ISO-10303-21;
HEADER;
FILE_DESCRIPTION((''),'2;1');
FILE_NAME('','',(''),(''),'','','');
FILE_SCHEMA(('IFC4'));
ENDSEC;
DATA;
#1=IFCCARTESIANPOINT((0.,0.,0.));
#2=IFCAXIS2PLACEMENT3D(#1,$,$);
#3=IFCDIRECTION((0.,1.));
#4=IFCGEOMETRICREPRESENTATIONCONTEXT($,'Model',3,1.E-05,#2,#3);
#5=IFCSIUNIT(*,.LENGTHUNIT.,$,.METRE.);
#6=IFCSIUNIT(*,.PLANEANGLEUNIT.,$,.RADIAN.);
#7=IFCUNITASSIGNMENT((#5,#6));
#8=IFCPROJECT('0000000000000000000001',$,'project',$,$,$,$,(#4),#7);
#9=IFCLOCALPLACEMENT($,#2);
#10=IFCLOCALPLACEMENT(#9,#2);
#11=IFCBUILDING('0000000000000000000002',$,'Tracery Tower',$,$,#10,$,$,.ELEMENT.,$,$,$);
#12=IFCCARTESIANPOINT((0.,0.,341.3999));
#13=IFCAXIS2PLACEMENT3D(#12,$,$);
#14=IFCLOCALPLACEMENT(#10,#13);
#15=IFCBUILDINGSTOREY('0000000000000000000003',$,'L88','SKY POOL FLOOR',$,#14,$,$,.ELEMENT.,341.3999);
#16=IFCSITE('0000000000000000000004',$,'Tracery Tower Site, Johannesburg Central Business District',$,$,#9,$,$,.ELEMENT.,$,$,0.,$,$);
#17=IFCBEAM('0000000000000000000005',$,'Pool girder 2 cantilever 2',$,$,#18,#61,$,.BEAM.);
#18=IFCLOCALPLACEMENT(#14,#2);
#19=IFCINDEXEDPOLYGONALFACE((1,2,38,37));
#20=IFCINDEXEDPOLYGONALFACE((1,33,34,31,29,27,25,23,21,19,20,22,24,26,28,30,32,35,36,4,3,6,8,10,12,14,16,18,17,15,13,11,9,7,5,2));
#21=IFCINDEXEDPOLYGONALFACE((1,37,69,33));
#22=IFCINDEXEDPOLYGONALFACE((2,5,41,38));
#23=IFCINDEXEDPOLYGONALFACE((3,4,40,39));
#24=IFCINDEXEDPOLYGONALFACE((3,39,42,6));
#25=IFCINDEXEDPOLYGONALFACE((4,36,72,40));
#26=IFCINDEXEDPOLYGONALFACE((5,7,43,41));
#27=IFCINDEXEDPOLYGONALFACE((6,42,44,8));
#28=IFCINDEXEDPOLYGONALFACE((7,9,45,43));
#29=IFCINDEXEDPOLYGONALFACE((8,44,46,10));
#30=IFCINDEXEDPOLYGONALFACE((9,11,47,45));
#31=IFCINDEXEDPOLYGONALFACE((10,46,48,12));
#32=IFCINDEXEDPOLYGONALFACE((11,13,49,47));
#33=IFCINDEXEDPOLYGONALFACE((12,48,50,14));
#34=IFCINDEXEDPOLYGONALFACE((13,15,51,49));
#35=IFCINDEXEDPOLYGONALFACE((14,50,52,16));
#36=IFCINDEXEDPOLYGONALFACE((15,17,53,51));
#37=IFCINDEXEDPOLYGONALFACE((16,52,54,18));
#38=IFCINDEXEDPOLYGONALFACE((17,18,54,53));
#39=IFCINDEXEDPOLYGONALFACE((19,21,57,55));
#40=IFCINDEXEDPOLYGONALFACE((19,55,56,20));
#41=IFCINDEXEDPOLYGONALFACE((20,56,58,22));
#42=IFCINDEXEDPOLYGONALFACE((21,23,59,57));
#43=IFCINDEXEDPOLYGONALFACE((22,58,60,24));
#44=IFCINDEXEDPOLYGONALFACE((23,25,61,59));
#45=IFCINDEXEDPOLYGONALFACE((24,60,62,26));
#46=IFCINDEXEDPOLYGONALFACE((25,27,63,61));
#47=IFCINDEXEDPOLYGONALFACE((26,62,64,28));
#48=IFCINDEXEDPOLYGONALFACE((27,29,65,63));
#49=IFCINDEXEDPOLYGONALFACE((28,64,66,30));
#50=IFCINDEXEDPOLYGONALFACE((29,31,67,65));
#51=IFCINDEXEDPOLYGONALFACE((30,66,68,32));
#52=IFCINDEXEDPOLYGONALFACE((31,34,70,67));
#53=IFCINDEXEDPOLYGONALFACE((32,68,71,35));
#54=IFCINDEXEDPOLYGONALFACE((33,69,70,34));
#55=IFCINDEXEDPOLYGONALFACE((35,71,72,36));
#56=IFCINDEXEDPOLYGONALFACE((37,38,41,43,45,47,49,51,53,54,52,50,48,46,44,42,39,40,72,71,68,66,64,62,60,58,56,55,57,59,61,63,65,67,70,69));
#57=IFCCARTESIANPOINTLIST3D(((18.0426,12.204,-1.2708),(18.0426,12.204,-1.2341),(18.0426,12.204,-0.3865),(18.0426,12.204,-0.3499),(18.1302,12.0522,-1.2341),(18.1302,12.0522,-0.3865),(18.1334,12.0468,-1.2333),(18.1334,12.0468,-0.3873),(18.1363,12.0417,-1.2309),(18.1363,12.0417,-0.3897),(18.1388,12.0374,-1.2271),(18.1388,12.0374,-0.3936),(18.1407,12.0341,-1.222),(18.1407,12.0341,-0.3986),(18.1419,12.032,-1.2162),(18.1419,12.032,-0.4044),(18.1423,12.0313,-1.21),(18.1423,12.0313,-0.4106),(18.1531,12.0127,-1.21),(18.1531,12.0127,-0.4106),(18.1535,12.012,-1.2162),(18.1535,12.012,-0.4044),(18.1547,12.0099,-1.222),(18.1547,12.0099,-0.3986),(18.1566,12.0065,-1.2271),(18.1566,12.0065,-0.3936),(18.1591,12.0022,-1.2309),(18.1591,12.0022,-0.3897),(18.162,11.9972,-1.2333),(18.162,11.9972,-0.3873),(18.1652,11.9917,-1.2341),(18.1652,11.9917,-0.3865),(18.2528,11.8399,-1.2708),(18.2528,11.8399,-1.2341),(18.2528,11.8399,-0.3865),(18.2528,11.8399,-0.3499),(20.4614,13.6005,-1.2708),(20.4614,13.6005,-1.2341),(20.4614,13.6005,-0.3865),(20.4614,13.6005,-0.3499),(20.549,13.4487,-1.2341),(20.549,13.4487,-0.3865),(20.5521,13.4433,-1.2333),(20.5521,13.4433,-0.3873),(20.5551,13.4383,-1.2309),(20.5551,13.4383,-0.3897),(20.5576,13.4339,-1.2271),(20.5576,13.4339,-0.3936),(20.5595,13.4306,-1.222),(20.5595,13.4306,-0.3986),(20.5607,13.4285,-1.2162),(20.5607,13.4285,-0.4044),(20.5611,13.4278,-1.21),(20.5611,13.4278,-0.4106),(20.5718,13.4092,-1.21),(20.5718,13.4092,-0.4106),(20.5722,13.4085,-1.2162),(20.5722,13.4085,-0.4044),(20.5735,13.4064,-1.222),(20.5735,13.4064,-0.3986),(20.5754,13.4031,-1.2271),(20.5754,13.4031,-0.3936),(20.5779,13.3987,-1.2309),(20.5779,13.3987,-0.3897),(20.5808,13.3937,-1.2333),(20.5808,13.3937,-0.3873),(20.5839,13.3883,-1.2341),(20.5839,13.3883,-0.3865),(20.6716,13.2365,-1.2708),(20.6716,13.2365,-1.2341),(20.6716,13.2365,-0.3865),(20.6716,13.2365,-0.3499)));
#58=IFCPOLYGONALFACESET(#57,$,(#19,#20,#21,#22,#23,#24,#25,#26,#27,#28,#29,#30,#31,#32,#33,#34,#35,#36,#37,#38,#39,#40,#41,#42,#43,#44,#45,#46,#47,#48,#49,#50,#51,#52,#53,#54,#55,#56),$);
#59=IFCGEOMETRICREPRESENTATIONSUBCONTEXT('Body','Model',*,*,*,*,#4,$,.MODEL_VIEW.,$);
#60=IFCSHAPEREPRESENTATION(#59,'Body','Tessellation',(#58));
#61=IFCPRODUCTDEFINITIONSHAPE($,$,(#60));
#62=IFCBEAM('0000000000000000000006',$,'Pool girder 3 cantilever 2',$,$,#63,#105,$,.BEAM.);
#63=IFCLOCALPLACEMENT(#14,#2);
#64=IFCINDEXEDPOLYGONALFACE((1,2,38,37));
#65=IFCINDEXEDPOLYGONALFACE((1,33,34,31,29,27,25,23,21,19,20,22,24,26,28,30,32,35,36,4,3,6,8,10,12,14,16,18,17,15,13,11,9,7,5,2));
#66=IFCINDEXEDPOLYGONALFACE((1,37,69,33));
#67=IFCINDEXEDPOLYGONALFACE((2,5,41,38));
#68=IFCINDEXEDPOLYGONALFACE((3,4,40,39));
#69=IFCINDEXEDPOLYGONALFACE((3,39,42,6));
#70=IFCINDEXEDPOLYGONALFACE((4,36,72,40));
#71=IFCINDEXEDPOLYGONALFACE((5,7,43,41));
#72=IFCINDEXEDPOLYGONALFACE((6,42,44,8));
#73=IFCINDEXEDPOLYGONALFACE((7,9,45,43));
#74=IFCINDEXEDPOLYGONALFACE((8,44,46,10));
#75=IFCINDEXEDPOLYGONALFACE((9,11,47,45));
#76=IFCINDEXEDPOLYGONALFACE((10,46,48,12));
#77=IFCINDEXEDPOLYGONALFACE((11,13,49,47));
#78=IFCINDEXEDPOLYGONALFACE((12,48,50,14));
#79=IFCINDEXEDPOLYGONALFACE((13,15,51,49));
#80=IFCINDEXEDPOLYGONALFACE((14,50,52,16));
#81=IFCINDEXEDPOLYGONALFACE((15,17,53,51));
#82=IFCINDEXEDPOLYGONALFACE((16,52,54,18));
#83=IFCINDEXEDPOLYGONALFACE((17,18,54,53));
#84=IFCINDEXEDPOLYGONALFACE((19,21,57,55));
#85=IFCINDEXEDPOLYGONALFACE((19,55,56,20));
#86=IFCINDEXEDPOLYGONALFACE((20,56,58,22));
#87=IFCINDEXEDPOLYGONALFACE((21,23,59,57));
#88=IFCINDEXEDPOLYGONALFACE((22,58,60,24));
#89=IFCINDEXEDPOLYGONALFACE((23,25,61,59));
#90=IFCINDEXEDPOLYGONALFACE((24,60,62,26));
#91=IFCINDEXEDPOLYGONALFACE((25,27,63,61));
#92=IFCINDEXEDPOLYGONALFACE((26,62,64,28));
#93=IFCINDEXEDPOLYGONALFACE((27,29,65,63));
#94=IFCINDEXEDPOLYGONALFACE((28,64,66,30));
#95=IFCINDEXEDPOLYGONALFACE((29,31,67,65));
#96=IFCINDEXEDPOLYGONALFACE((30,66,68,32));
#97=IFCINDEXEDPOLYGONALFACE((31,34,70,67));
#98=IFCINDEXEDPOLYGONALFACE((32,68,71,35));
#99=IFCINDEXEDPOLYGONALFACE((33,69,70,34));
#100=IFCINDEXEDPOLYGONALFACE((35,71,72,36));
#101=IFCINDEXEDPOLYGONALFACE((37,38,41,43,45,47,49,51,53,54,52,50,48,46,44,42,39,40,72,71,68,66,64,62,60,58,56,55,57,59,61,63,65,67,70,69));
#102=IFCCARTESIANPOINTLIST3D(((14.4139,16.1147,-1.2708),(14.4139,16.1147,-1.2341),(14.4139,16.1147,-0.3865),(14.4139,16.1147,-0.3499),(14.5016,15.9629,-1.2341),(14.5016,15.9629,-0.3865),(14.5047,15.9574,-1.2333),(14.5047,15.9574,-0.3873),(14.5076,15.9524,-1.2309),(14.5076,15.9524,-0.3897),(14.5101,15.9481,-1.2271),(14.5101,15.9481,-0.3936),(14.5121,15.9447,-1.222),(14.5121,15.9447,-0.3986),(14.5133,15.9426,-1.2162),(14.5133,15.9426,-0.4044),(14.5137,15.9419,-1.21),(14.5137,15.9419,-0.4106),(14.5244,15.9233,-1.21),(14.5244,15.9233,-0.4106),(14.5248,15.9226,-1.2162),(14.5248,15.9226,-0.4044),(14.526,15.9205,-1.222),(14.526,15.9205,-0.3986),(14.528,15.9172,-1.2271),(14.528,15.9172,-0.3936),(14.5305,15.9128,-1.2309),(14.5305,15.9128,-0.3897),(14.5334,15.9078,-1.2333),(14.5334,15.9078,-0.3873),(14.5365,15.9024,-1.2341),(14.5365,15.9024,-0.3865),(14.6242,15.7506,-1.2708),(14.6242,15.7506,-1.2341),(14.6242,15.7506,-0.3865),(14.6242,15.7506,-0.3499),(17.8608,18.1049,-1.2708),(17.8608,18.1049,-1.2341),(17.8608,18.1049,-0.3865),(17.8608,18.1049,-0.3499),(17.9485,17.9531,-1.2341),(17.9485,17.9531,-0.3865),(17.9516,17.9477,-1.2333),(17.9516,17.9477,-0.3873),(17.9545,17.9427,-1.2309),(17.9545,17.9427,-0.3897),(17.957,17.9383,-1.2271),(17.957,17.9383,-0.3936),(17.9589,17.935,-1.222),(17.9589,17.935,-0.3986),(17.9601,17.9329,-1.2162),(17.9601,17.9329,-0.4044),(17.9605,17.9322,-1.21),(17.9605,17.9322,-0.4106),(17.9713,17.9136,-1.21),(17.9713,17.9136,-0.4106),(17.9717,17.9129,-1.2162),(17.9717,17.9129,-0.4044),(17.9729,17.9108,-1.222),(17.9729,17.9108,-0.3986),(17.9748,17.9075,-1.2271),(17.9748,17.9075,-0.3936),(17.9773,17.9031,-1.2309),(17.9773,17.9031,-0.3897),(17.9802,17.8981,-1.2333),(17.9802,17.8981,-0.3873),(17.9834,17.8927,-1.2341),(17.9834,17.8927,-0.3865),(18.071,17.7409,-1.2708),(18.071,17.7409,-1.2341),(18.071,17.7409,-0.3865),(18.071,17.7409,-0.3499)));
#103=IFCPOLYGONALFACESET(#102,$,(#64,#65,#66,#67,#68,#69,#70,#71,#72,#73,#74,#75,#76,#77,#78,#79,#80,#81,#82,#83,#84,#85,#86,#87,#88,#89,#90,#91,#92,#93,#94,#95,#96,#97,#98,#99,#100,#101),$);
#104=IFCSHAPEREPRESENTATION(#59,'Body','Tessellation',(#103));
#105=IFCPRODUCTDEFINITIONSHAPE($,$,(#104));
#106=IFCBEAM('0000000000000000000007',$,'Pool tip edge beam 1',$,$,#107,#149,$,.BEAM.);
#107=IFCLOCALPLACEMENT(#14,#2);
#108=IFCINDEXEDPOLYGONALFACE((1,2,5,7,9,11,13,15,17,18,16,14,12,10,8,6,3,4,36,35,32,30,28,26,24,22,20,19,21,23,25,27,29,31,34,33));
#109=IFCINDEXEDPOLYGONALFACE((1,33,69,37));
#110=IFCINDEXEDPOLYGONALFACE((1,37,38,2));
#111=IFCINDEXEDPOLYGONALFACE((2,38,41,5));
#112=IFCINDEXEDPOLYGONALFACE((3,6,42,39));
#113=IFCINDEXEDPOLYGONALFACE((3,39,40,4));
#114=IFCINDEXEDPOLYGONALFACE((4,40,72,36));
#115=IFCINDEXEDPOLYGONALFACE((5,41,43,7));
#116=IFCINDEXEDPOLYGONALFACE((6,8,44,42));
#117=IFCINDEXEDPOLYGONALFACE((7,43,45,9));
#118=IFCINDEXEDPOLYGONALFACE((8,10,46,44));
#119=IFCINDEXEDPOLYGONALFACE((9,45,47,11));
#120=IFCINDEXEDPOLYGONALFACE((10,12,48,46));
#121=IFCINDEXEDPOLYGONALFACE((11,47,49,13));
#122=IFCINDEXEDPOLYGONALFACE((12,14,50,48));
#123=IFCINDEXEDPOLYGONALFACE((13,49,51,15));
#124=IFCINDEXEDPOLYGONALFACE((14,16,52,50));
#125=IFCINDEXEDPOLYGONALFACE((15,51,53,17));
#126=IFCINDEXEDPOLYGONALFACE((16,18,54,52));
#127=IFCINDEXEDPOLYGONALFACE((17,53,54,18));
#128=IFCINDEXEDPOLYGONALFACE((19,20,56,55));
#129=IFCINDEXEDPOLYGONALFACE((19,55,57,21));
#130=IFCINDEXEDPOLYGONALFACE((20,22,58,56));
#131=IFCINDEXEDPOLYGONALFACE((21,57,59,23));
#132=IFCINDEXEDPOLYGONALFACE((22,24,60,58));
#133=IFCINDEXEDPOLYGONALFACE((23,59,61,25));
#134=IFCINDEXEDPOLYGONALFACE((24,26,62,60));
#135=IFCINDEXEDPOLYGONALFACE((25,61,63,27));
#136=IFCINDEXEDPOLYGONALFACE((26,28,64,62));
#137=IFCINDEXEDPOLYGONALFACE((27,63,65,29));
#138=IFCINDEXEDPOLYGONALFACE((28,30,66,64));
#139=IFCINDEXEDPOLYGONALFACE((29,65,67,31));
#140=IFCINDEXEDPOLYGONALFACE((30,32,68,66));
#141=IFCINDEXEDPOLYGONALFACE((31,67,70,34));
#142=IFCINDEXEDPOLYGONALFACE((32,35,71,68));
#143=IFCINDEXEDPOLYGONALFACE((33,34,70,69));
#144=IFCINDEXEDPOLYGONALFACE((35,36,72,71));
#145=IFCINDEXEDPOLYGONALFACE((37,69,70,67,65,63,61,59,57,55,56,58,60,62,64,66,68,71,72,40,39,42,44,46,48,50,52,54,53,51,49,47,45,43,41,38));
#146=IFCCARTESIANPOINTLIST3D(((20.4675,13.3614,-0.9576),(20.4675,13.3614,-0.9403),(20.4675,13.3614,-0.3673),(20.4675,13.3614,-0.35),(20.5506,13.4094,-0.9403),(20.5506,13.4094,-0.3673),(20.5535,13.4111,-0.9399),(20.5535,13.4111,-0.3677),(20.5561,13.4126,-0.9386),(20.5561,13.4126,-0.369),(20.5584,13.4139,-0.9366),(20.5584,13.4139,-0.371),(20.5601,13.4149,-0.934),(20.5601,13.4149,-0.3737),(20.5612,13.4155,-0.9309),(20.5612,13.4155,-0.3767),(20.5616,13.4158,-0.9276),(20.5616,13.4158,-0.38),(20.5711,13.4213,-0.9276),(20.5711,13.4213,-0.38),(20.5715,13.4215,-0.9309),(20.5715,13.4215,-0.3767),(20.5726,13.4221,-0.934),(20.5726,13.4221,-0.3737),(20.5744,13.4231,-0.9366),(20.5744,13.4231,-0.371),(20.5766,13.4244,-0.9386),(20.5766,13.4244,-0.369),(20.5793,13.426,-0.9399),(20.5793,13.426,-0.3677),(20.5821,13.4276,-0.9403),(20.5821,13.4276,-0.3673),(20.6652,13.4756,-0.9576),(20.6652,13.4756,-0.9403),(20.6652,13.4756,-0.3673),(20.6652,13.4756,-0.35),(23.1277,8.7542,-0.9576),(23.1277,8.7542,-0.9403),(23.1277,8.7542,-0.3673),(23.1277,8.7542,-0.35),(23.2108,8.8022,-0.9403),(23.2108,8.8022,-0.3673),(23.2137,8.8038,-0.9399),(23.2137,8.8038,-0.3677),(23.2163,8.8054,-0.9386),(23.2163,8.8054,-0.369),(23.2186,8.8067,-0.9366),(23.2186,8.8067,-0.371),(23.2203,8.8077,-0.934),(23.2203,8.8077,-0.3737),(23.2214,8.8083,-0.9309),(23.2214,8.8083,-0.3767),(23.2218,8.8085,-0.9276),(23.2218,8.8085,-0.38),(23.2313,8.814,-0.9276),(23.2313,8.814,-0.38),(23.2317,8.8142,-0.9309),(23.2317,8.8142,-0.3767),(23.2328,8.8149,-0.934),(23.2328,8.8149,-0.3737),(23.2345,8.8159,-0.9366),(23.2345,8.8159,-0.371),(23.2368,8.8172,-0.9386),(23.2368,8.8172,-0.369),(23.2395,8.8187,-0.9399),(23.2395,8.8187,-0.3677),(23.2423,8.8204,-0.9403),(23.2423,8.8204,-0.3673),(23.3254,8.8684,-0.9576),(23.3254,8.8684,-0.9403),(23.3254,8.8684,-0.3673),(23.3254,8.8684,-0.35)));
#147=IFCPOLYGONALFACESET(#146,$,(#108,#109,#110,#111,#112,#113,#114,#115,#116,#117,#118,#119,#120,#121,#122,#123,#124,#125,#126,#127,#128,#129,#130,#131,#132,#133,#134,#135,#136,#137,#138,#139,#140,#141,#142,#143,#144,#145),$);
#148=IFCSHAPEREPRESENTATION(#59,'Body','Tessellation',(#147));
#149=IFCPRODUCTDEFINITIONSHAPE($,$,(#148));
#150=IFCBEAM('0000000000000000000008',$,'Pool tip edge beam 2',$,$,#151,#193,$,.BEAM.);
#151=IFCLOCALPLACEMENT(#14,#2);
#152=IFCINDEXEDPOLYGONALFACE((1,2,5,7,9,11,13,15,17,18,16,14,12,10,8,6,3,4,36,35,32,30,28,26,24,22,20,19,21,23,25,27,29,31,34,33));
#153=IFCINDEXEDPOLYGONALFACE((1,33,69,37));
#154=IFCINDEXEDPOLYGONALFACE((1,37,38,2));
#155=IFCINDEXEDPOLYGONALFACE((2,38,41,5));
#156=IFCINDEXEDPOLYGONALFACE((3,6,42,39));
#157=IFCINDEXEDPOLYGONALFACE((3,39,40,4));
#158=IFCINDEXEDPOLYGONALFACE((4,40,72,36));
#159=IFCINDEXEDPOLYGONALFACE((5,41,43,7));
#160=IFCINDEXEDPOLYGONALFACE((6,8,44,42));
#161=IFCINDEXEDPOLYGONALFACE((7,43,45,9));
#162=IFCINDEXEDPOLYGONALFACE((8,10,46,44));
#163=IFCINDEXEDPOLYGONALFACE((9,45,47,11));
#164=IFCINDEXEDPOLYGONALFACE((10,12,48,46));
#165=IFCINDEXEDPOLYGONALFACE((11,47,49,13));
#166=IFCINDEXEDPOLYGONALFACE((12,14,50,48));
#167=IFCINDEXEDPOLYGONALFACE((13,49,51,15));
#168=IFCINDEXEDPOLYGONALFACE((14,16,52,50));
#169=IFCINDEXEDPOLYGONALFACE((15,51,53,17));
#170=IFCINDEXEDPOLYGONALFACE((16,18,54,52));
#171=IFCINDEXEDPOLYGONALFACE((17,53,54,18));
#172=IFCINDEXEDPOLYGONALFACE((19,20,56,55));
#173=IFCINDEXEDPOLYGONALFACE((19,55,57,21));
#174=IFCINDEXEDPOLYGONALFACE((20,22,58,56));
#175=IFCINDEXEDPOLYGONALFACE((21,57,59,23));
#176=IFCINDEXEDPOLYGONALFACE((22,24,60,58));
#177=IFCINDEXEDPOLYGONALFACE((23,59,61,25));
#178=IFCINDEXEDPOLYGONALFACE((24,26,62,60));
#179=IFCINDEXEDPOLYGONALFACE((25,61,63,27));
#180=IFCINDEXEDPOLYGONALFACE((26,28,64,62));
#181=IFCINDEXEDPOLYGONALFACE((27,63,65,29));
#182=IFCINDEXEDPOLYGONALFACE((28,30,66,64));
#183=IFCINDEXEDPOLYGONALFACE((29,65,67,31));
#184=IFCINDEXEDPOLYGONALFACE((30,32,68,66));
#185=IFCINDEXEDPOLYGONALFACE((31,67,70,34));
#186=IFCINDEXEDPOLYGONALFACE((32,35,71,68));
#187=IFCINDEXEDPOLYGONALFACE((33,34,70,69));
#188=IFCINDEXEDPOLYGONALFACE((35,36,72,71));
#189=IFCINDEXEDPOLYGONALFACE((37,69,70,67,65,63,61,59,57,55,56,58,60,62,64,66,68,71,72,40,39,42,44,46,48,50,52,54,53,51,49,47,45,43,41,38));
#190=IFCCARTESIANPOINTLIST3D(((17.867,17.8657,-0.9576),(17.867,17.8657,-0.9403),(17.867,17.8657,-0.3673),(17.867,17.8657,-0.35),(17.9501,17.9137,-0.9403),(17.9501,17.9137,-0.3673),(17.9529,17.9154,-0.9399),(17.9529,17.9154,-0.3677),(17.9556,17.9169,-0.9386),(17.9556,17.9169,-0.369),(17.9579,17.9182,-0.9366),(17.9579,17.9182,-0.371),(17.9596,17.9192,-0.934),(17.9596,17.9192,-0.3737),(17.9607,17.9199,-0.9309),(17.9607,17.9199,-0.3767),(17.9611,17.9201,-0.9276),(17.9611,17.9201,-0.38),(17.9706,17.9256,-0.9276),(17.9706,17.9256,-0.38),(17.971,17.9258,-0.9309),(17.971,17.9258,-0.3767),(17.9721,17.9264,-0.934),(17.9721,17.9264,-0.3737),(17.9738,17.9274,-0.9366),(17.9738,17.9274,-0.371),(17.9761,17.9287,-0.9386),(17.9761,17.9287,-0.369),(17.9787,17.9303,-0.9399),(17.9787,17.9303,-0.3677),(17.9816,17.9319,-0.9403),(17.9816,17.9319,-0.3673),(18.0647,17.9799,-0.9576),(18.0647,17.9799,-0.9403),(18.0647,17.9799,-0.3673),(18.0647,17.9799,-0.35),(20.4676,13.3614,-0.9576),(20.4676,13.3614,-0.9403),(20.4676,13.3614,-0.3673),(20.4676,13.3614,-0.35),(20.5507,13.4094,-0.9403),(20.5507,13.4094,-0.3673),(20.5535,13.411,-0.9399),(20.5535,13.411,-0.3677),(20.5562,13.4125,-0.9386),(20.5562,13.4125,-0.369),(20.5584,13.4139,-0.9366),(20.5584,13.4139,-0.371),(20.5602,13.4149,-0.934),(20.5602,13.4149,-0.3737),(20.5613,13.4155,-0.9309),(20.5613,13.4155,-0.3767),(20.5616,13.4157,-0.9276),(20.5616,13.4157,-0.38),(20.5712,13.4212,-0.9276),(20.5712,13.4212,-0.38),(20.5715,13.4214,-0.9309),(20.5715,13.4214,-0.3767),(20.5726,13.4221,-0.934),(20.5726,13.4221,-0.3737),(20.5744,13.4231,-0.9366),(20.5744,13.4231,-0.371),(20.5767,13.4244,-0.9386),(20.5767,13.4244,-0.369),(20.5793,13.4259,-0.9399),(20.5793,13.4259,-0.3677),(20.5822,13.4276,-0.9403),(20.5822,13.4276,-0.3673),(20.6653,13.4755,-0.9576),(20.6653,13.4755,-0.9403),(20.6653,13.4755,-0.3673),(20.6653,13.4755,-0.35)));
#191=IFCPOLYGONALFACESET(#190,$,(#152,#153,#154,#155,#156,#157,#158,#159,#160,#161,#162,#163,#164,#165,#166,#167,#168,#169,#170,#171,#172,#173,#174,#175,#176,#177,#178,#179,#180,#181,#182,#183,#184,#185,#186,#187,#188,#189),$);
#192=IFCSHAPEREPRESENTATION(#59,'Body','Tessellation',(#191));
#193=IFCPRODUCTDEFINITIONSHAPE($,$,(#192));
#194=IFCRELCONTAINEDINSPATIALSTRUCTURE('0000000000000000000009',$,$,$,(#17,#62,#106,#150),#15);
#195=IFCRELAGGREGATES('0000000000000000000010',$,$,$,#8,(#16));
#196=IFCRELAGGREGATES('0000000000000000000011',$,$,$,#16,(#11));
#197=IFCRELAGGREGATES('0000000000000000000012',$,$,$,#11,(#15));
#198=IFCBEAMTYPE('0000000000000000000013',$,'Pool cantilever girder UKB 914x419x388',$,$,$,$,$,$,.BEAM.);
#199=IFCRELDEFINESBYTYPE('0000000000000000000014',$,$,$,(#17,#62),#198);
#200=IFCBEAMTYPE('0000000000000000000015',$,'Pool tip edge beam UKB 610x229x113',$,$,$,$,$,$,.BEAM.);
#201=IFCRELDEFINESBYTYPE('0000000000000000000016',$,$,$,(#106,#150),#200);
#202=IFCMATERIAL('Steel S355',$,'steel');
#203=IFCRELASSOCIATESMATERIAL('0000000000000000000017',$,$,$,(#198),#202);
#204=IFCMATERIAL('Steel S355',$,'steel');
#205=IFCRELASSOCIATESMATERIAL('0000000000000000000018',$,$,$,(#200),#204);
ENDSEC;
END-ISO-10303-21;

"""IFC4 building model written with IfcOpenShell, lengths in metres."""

from ifc_helpers import new_model, si_unit, direction, frame, origin, origin_2d, place, context, subcontext, project, spatial, i_section, extrude, material, material_profile, profile_set, type_object, element, save


model = new_model("IFC4")

# Units and contexts
model_context = context("Model", 3, precision=1e-05, world=origin(), true_north=direction((0.0, 1.0)))
body_context = subcontext(model_context, "Body", "Model", "MODEL_VIEW")
ifc_project = project(units=[si_unit("LENGTHUNIT", "METRE"), si_unit("PLANEANGLEUNIT", "RADIAN")], contexts=[model_context])

# Site, building, storey
site_placement = place(None, origin())
site = spatial("IfcSite", under=ifc_project, at=site_placement, Name="Tracery Tower Site, Johannesburg Central Business District", CompositionType="ELEMENT", RefElevation=0.0)
building_placement = place(site_placement, origin())
building = spatial("IfcBuilding", under=site, at=building_placement, Name="Tracery Tower", CompositionType="ELEMENT")
storey_placement = place(building_placement, frame((0.0, 0.0, 341.3999)))
storey = spatial("IfcBuildingStorey", under=building, at=storey_placement, Name="L88", Description="SKY POOL FLOOR", CompositionType="ELEMENT", Elevation=341.3999)

# Beams
ifc_material_1 = material(Name="Steel S355", Category="steel")
ifc_material_profile_1 = material_profile(ifc_material_1, i_section(OverallWidth=0.4204, OverallDepth=0.9209, WebThickness=0.0215, FlangeThickness=0.0366, FilletRadius=0.0242, at=origin_2d()), Name="UKB 914x419x388")
ifc_profile_set_1 = profile_set([ifc_material_profile_1], Name="Steel S355")
beam_type_1 = type_object("IfcBeamType", Name="Pool cantilever girder UKB 914x419x388", PredefinedType="BEAM", material=ifc_profile_set_1)
beam_1_placement = place(storey_placement, frame((18.1477, 12.022, -0.8103), z_axis=(0.866018, 0.500013, 0.0), x_axis=(-0.500013, 0.866018, 0.0)))
element("IfcBeam", 1, at=beam_1_placement, inside=storey, type_object=beam_type_1, Name="Pool girder 2 cantilever 2", PredefinedType="BEAM", context=body_context, shape_type="SweptSolid", body=[
    extrude(i_section(OverallWidth=0.4204, OverallDepth=0.9209, WebThickness=0.0215, FlangeThickness=0.0366, FilletRadius=0.0242, at=origin_2d()), origin(), (0.0, 0.0, 1.0), 2.793),
])
beam_2_placement = place(storey_placement, frame((14.519, 15.9326, -0.8103), z_axis=(0.866, 0.500045, 0.0), x_axis=(-0.500045, 0.866, 0.0)))
element("IfcBeam", 2, at=beam_2_placement, inside=storey, type_object=beam_type_1, Name="Pool girder 3 cantilever 2", PredefinedType="BEAM", context=body_context, shape_type="SweptSolid", body=[
    extrude(i_section(OverallWidth=0.4204, OverallDepth=0.9209, WebThickness=0.0215, FlangeThickness=0.0366, FilletRadius=0.0242, at=origin_2d()), origin(), (0.0, 0.0, 1.0), 3.9802),
])
ifc_material_2 = material(Name="Steel S355", Category="steel")
ifc_material_profile_2 = material_profile(ifc_material_2, i_section(OverallWidth=0.2283, OverallDepth=0.6077, WebThickness=0.011, FlangeThickness=0.0173, FilletRadius=0.0127, at=origin_2d()), Name="UKB 610x229x113")
ifc_profile_set_2 = profile_set([ifc_material_profile_2], Name="Steel S355")
beam_type_2 = type_object("IfcBeamType", Name="Pool tip edge beam UKB 610x229x113", PredefinedType="BEAM", material=ifc_profile_set_2)
beam_3_placement = place(storey_placement, frame((23.2266, 8.8113, -0.6538), z_axis=(-0.500028, 0.866009, 0.0), x_axis=(-0.866009, -0.500028, 0.0)))
element("IfcBeam", 3, at=beam_3_placement, inside=storey, type_object=beam_type_2, Name="Pool tip edge beam 1", PredefinedType="BEAM", context=body_context, shape_type="SweptSolid", body=[
    extrude(i_section(OverallWidth=0.2283, OverallDepth=0.6077, WebThickness=0.011, FlangeThickness=0.0173, FilletRadius=0.0127, at=origin_2d()), origin(), (0.0, 0.0, 1.0), 5.3201),
])
beam_4_placement = place(storey_placement, frame((20.5664, 13.4185, -0.6538), z_axis=(-0.499996, 0.866028, 0.0), x_axis=(-0.866028, -0.499996, 0.0)))
element("IfcBeam", 4, at=beam_4_placement, inside=storey, type_object=beam_type_2, Name="Pool tip edge beam 2", PredefinedType="BEAM", context=body_context, shape_type="SweptSolid", body=[
    extrude(i_section(OverallWidth=0.2283, OverallDepth=0.6077, WebThickness=0.011, FlangeThickness=0.0173, FilletRadius=0.0127, at=origin_2d()), origin(), (0.0, 0.0, 1.0), 5.2012),
])

save(model, "model.ifc")
